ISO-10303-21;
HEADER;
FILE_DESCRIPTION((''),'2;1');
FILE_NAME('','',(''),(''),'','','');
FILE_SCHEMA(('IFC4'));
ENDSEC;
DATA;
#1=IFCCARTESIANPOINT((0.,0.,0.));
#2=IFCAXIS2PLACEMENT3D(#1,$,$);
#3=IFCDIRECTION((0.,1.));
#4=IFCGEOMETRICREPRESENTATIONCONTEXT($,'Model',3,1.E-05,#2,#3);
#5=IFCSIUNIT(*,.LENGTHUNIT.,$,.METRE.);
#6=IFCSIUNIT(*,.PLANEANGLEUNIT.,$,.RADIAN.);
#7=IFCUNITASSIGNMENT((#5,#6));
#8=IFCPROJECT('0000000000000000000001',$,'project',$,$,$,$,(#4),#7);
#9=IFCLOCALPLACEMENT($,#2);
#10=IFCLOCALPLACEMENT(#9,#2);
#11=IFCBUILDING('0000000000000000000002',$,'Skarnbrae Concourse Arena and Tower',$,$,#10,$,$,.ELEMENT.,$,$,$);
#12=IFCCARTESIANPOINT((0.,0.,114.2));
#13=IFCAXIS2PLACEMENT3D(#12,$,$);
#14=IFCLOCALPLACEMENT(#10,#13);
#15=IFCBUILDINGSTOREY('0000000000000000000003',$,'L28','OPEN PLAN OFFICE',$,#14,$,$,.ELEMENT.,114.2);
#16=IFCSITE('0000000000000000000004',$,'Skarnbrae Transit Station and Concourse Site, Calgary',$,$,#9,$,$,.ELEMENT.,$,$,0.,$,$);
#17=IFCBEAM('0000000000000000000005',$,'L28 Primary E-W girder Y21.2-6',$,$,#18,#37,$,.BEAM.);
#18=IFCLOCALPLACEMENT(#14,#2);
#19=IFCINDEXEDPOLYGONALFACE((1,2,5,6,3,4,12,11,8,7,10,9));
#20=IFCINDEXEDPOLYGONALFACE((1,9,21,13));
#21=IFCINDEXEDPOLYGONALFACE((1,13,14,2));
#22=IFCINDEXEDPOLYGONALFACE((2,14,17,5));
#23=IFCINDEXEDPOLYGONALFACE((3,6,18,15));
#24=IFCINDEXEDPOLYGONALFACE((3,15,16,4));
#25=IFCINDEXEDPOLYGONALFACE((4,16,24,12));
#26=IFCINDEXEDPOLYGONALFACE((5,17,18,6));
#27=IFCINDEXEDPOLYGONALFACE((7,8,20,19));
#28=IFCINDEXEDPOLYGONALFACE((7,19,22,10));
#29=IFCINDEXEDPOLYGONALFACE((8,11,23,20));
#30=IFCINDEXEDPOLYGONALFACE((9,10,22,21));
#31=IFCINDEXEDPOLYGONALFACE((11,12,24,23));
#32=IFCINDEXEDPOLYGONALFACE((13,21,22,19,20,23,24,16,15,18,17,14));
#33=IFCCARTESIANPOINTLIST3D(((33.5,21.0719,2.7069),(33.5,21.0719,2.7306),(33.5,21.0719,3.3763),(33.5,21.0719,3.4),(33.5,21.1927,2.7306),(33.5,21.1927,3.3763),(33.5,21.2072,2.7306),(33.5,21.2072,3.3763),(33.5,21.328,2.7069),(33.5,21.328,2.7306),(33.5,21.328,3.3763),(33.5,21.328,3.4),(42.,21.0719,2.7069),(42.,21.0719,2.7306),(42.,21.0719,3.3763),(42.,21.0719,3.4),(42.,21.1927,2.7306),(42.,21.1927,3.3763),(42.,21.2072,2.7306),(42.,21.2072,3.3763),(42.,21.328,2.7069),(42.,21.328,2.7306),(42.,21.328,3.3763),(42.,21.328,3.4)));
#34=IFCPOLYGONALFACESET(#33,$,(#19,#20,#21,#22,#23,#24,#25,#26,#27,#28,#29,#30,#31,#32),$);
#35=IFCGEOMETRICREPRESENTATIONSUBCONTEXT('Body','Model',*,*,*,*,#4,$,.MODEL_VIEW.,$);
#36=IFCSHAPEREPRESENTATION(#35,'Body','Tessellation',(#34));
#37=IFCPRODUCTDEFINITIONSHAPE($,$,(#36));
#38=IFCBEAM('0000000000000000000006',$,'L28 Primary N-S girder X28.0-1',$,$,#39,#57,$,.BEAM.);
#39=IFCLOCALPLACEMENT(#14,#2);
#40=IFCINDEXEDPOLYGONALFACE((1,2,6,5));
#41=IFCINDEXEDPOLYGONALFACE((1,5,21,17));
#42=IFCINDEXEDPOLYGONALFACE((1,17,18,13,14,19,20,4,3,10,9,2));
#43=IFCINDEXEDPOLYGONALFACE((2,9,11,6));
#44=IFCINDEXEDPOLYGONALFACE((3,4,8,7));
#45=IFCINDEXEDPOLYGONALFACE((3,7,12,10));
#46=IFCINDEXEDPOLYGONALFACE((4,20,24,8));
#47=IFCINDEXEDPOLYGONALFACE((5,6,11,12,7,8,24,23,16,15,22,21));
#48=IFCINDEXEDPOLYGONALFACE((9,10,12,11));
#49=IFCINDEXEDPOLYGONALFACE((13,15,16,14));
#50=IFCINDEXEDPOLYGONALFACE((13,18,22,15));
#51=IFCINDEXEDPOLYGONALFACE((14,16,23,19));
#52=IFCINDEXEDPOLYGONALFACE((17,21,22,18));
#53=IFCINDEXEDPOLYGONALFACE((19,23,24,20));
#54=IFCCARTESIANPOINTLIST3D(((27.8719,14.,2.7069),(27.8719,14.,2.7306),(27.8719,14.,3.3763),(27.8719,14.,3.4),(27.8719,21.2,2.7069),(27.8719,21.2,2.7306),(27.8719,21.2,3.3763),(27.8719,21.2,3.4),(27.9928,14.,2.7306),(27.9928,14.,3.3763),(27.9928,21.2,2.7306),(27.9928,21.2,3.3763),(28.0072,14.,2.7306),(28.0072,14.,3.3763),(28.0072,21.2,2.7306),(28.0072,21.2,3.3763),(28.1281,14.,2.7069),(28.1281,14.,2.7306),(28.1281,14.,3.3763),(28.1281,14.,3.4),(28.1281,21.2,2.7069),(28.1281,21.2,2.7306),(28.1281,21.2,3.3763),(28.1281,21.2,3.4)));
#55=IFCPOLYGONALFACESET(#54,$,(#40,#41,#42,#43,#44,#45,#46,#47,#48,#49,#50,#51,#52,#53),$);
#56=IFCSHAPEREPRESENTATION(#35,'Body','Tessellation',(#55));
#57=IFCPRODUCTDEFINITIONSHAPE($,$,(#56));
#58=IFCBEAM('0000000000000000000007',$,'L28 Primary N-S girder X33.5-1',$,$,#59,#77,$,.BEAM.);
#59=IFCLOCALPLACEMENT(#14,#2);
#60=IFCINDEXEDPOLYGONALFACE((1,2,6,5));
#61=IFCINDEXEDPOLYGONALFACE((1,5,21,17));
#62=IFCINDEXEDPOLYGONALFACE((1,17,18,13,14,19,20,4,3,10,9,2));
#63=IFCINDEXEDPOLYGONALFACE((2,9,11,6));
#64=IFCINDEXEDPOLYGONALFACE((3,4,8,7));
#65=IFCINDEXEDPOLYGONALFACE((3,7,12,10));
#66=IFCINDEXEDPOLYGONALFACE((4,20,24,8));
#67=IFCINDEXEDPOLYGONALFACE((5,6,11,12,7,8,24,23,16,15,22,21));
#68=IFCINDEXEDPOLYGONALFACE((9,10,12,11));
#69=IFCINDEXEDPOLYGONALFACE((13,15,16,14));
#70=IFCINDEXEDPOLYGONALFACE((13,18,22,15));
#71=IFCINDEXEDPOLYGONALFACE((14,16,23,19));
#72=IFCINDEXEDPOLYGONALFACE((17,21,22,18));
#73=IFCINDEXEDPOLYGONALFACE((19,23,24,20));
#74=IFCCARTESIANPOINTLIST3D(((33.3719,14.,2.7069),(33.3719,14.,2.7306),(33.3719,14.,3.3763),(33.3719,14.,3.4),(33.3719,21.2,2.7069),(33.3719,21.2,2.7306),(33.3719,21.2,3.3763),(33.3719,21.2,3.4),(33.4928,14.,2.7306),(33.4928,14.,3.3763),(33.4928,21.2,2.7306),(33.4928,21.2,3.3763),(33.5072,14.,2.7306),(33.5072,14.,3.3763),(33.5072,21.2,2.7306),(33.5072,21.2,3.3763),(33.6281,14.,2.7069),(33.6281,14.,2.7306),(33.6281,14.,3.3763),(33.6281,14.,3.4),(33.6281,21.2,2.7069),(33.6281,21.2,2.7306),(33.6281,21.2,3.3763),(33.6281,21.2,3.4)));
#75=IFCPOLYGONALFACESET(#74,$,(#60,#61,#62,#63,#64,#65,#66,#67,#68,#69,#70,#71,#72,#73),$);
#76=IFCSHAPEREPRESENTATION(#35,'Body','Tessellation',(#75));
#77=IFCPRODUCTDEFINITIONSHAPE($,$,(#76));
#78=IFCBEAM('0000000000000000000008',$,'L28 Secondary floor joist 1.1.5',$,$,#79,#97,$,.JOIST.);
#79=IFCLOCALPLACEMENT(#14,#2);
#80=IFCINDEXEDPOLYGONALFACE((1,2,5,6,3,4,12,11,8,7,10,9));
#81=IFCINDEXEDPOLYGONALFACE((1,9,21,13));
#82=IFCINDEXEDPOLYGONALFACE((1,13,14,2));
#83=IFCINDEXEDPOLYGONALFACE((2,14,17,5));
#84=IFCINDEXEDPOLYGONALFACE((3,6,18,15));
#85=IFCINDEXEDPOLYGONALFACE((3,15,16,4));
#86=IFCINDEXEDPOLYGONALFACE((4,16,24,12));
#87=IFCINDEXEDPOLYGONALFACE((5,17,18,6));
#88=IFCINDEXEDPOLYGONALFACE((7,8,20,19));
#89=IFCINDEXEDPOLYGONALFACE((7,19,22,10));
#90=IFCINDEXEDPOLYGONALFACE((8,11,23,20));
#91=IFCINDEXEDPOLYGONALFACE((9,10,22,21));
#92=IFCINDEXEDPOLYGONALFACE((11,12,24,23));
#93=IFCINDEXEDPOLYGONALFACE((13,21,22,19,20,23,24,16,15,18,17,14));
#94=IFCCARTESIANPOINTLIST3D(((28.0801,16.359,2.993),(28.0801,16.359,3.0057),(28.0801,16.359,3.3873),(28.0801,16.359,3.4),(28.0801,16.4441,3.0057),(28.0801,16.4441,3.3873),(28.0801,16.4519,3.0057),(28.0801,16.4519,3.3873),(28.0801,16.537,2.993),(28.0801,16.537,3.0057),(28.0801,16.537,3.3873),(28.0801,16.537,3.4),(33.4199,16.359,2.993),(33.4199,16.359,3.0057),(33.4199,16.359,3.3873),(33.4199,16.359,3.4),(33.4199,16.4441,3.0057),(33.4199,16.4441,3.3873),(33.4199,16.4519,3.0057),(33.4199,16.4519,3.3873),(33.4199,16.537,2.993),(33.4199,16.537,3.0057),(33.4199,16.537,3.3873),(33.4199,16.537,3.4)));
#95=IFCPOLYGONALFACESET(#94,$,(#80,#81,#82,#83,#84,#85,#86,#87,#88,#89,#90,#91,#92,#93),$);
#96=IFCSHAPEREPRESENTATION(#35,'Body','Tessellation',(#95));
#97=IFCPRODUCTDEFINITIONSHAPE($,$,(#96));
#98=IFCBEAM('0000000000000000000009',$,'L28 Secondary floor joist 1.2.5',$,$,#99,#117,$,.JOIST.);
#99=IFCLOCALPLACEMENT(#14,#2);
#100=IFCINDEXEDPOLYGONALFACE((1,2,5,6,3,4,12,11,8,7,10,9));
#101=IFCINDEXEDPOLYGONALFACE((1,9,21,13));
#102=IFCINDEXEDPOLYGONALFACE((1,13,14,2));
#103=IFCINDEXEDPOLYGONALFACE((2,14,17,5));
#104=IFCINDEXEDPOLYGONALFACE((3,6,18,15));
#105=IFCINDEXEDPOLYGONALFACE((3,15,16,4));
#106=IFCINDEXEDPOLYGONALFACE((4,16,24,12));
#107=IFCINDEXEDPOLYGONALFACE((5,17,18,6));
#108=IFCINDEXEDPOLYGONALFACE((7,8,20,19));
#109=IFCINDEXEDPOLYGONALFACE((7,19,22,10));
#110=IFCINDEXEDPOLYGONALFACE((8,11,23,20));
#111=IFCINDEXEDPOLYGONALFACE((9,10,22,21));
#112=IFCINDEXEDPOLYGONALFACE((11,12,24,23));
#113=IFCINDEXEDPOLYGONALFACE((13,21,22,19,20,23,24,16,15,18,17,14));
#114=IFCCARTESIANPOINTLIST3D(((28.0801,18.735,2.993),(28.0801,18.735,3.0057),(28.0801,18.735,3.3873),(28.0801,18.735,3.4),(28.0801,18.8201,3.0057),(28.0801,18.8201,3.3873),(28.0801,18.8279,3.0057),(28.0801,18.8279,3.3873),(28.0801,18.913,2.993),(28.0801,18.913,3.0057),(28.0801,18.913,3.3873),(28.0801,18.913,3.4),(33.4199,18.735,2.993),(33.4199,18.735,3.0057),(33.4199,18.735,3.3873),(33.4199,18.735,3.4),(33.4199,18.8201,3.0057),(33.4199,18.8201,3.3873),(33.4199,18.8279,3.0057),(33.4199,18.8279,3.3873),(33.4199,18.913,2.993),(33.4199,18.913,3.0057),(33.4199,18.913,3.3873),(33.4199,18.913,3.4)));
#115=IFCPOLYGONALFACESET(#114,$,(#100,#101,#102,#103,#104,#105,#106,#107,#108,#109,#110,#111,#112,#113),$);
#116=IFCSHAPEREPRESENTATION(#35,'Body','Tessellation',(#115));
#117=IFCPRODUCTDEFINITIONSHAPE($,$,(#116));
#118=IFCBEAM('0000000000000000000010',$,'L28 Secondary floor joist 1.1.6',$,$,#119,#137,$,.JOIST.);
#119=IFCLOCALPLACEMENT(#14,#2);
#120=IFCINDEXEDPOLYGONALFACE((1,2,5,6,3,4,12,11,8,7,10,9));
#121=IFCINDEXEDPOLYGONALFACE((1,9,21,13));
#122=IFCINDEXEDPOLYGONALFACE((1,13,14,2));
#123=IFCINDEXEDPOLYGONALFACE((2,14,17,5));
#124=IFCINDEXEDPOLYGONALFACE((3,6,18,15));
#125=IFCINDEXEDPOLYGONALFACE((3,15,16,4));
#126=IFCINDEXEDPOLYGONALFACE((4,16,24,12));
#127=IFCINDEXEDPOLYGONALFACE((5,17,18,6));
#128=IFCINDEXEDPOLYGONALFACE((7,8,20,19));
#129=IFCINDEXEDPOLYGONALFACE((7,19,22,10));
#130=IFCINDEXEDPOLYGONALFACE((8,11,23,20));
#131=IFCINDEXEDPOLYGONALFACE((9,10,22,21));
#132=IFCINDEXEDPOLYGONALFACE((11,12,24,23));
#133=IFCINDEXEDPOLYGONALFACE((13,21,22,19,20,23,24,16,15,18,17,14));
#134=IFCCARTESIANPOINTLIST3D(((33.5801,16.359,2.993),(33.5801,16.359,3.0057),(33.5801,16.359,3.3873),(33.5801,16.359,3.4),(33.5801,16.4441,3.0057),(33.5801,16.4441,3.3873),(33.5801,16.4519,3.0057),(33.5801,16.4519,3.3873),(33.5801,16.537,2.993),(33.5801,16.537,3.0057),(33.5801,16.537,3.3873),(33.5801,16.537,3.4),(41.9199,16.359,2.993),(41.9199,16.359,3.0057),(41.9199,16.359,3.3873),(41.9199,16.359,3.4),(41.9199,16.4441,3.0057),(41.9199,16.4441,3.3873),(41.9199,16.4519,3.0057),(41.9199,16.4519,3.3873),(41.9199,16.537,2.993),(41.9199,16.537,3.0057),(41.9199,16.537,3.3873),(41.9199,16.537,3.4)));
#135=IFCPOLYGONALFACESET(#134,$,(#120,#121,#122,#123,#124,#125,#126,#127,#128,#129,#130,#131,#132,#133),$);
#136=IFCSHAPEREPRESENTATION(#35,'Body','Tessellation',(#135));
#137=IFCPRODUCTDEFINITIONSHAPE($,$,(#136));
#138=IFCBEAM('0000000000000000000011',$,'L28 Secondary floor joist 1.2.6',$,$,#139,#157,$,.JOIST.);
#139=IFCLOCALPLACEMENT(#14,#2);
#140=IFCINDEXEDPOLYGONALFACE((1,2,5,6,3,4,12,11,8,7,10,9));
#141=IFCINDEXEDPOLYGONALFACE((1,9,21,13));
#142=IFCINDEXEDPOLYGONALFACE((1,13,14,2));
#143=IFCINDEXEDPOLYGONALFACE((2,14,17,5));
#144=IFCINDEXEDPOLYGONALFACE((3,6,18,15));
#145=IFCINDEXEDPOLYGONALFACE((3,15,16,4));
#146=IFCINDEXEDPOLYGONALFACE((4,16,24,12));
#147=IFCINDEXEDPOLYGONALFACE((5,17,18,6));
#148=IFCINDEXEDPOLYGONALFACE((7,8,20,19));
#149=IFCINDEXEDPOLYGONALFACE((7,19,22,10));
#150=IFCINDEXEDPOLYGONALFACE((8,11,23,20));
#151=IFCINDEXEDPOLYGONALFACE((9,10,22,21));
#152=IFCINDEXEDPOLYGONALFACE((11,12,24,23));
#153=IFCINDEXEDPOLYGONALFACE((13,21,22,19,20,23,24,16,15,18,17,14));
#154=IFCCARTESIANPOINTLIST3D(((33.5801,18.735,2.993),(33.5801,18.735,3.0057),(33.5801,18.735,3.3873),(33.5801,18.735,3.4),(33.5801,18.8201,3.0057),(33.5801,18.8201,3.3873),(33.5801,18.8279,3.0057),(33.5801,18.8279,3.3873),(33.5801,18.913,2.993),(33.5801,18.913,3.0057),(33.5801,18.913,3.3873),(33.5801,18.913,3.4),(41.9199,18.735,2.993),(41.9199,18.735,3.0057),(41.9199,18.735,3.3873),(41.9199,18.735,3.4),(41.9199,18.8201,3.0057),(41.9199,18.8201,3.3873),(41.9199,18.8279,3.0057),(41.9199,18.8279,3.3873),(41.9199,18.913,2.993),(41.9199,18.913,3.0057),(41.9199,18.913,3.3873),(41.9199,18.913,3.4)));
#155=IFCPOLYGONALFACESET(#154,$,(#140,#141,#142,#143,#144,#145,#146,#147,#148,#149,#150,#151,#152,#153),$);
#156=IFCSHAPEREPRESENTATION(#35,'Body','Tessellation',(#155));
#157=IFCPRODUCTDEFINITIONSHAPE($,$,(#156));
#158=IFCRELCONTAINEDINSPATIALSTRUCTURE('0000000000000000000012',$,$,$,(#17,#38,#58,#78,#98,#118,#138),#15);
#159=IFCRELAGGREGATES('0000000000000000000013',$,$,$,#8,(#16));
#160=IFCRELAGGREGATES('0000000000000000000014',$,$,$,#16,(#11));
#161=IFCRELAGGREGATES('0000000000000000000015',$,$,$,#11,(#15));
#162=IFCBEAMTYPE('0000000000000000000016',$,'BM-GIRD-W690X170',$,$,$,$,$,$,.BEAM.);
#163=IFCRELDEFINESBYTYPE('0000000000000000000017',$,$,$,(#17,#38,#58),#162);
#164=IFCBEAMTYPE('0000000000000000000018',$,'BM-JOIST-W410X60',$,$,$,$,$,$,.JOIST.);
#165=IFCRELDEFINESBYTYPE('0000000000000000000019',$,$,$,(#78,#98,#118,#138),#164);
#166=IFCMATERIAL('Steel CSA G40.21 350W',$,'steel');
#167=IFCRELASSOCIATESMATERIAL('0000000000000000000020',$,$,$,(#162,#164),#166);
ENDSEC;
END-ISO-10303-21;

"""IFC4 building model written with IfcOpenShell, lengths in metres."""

from ifc_helpers import new_model, si_unit, direction, frame, origin, origin_2d, place, context, subcontext, project, spatial, i_section, extrude, source, transform, mapped, material, material_profile, profile_set, type_object, element, save


model = new_model("IFC4")

# Units and contexts
model_context = context("Model", 3, precision=1e-05, world=origin(), true_north=direction((0.0, 1.0)))
body_context = subcontext(model_context, "Body", "Model", "MODEL_VIEW")
ifc_project = project(units=[si_unit("LENGTHUNIT", "METRE"), si_unit("PLANEANGLEUNIT", "RADIAN")], contexts=[model_context])

# Site, building, storey
site_placement = place(None, origin())
site = spatial("IfcSite", under=ifc_project, at=site_placement, Name="Skarnbrae Transit Station and Concourse Site, Calgary", CompositionType="ELEMENT", RefElevation=0.0)
building_placement = place(site_placement, origin())
building = spatial("IfcBuilding", under=site, at=building_placement, Name="Skarnbrae Concourse Arena and Tower", CompositionType="ELEMENT")
storey_placement = place(building_placement, frame((0.0, 0.0, 114.2)))
storey = spatial("IfcBuildingStorey", under=building, at=storey_placement, Name="L28", Description="OPEN PLAN OFFICE", CompositionType="ELEMENT", Elevation=114.2)

# Shared definitions
ifc_material_1 = material(Name="Steel CSA G40.21 350W", Category="steel")

# Beams
ifc_material_profile_1 = material_profile(ifc_material_1, i_section(OverallWidth=0.2561, OverallDepth=0.6931, WebThickness=0.0144, FlangeThickness=0.0237, at=origin_2d()), Name="W690X170")
ifc_profile_set_1 = profile_set([ifc_material_profile_1], Name="Steel CSA G40.21 350W")
beam_type_1 = type_object("IfcBeamType", Name="BM-GIRD-W690X170", PredefinedType="BEAM", material=ifc_profile_set_1)
shared_shape_1 = source(origin(), body_context, "Body", "SweptSolid", [
    extrude(i_section(OverallWidth=0.2561, OverallDepth=0.6931, WebThickness=0.0144, FlangeThickness=0.0237, at=origin_2d()), origin(), (0.0, 0.0, 1.0), 8.5),
])
for number, where, z_axis, x_axis, name in (
    (1, (33.5, 21.2, 3.0535), (1.0, 0.0, 0.0), (0.0, 1.0, 0.0), "L28 Primary E-W girder Y21.2-6"),
):
    element("IfcBeam", number, at=place(storey_placement, frame(where, z_axis=z_axis, x_axis=x_axis)), inside=storey, type_object=beam_type_1, Name=name, PredefinedType="BEAM", context=body_context, shape_type="MappedRepresentation", body=[
        mapped(shared_shape_1, transform((0.0, 0.0, 0.0))),
    ])
shared_shape_2 = source(origin(), body_context, "Body", "SweptSolid", [
    extrude(i_section(OverallWidth=0.2561, OverallDepth=0.6931, WebThickness=0.0144, FlangeThickness=0.0237, at=origin_2d()), origin(), (0.0, 0.0, 1.0), 7.2),
])
for number, where, z_axis, x_axis, name in (
    (2, (28.0, 14.0, 3.0535), (0.0, 1.0, 0.0), (-1.0, 0.0, 0.0), "L28 Primary N-S girder X28.0-1"),
    (3, (33.5, 14.0, 3.0535), (0.0, 1.0, 0.0), (-1.0, 0.0, 0.0), "L28 Primary N-S girder X33.5-1"),
):
    element("IfcBeam", number, at=place(storey_placement, frame(where, z_axis=z_axis, x_axis=x_axis)), inside=storey, type_object=beam_type_1, Name=name, PredefinedType="BEAM", context=body_context, shape_type="MappedRepresentation", body=[
        mapped(shared_shape_2, transform((0.0, 0.0, 0.0))),
    ])
ifc_material_profile_2 = material_profile(ifc_material_1, i_section(OverallWidth=0.178, OverallDepth=0.407, WebThickness=0.0078, FlangeThickness=0.0127, at=origin_2d()), Name="W410X60")
ifc_profile_set_2 = profile_set([ifc_material_profile_2], Name="Steel CSA G40.21 350W")
beam_type_2 = type_object("IfcBeamType", Name="BM-JOIST-W410X60", PredefinedType="JOIST", material=ifc_profile_set_2)
shared_shape_3 = source(origin(), body_context, "Body", "SweptSolid", [
    extrude(i_section(OverallWidth=0.178, OverallDepth=0.407, WebThickness=0.0078, FlangeThickness=0.0127, at=origin_2d()), origin(), (0.0, 0.0, 1.0), 5.3398),
])
for number, where, z_axis, x_axis, name in (
    (4, (28.0801, 16.448, 3.1965), (1.0, 0.0, 0.0), (0.0, 1.0, 0.0), "L28 Secondary floor joist 1.1.5"),
    (5, (28.0801, 18.824, 3.1965), (1.0, 0.0, 0.0), (0.0, 1.0, 0.0), "L28 Secondary floor joist 1.2.5"),
):
    element("IfcBeam", number, at=place(storey_placement, frame(where, z_axis=z_axis, x_axis=x_axis)), inside=storey, type_object=beam_type_2, Name=name, PredefinedType="JOIST", context=body_context, shape_type="MappedRepresentation", body=[
        mapped(shared_shape_3, transform((0.0, 0.0, 0.0))),
    ])
shared_shape_4 = source(origin(), body_context, "Body", "SweptSolid", [
    extrude(i_section(OverallWidth=0.178, OverallDepth=0.407, WebThickness=0.0078, FlangeThickness=0.0127, at=origin_2d()), origin(), (0.0, 0.0, 1.0), 8.3398),
])
for number, where, z_axis, x_axis, name in (
    (6, (33.5801, 16.448, 3.1965), (1.0, 0.0, 0.0), (0.0, 1.0, 0.0), "L28 Secondary floor joist 1.1.6"),
    (7, (33.5801, 18.824, 3.1965), (1.0, 0.0, 0.0), (0.0, 1.0, 0.0), "L28 Secondary floor joist 1.2.6"),
):
    element("IfcBeam", number, at=place(storey_placement, frame(where, z_axis=z_axis, x_axis=x_axis)), inside=storey, type_object=beam_type_2, Name=name, PredefinedType="JOIST", context=body_context, shape_type="MappedRepresentation", body=[
        mapped(shared_shape_4, transform((0.0, 0.0, 0.0))),
    ])

save(model, "model.ifc")
